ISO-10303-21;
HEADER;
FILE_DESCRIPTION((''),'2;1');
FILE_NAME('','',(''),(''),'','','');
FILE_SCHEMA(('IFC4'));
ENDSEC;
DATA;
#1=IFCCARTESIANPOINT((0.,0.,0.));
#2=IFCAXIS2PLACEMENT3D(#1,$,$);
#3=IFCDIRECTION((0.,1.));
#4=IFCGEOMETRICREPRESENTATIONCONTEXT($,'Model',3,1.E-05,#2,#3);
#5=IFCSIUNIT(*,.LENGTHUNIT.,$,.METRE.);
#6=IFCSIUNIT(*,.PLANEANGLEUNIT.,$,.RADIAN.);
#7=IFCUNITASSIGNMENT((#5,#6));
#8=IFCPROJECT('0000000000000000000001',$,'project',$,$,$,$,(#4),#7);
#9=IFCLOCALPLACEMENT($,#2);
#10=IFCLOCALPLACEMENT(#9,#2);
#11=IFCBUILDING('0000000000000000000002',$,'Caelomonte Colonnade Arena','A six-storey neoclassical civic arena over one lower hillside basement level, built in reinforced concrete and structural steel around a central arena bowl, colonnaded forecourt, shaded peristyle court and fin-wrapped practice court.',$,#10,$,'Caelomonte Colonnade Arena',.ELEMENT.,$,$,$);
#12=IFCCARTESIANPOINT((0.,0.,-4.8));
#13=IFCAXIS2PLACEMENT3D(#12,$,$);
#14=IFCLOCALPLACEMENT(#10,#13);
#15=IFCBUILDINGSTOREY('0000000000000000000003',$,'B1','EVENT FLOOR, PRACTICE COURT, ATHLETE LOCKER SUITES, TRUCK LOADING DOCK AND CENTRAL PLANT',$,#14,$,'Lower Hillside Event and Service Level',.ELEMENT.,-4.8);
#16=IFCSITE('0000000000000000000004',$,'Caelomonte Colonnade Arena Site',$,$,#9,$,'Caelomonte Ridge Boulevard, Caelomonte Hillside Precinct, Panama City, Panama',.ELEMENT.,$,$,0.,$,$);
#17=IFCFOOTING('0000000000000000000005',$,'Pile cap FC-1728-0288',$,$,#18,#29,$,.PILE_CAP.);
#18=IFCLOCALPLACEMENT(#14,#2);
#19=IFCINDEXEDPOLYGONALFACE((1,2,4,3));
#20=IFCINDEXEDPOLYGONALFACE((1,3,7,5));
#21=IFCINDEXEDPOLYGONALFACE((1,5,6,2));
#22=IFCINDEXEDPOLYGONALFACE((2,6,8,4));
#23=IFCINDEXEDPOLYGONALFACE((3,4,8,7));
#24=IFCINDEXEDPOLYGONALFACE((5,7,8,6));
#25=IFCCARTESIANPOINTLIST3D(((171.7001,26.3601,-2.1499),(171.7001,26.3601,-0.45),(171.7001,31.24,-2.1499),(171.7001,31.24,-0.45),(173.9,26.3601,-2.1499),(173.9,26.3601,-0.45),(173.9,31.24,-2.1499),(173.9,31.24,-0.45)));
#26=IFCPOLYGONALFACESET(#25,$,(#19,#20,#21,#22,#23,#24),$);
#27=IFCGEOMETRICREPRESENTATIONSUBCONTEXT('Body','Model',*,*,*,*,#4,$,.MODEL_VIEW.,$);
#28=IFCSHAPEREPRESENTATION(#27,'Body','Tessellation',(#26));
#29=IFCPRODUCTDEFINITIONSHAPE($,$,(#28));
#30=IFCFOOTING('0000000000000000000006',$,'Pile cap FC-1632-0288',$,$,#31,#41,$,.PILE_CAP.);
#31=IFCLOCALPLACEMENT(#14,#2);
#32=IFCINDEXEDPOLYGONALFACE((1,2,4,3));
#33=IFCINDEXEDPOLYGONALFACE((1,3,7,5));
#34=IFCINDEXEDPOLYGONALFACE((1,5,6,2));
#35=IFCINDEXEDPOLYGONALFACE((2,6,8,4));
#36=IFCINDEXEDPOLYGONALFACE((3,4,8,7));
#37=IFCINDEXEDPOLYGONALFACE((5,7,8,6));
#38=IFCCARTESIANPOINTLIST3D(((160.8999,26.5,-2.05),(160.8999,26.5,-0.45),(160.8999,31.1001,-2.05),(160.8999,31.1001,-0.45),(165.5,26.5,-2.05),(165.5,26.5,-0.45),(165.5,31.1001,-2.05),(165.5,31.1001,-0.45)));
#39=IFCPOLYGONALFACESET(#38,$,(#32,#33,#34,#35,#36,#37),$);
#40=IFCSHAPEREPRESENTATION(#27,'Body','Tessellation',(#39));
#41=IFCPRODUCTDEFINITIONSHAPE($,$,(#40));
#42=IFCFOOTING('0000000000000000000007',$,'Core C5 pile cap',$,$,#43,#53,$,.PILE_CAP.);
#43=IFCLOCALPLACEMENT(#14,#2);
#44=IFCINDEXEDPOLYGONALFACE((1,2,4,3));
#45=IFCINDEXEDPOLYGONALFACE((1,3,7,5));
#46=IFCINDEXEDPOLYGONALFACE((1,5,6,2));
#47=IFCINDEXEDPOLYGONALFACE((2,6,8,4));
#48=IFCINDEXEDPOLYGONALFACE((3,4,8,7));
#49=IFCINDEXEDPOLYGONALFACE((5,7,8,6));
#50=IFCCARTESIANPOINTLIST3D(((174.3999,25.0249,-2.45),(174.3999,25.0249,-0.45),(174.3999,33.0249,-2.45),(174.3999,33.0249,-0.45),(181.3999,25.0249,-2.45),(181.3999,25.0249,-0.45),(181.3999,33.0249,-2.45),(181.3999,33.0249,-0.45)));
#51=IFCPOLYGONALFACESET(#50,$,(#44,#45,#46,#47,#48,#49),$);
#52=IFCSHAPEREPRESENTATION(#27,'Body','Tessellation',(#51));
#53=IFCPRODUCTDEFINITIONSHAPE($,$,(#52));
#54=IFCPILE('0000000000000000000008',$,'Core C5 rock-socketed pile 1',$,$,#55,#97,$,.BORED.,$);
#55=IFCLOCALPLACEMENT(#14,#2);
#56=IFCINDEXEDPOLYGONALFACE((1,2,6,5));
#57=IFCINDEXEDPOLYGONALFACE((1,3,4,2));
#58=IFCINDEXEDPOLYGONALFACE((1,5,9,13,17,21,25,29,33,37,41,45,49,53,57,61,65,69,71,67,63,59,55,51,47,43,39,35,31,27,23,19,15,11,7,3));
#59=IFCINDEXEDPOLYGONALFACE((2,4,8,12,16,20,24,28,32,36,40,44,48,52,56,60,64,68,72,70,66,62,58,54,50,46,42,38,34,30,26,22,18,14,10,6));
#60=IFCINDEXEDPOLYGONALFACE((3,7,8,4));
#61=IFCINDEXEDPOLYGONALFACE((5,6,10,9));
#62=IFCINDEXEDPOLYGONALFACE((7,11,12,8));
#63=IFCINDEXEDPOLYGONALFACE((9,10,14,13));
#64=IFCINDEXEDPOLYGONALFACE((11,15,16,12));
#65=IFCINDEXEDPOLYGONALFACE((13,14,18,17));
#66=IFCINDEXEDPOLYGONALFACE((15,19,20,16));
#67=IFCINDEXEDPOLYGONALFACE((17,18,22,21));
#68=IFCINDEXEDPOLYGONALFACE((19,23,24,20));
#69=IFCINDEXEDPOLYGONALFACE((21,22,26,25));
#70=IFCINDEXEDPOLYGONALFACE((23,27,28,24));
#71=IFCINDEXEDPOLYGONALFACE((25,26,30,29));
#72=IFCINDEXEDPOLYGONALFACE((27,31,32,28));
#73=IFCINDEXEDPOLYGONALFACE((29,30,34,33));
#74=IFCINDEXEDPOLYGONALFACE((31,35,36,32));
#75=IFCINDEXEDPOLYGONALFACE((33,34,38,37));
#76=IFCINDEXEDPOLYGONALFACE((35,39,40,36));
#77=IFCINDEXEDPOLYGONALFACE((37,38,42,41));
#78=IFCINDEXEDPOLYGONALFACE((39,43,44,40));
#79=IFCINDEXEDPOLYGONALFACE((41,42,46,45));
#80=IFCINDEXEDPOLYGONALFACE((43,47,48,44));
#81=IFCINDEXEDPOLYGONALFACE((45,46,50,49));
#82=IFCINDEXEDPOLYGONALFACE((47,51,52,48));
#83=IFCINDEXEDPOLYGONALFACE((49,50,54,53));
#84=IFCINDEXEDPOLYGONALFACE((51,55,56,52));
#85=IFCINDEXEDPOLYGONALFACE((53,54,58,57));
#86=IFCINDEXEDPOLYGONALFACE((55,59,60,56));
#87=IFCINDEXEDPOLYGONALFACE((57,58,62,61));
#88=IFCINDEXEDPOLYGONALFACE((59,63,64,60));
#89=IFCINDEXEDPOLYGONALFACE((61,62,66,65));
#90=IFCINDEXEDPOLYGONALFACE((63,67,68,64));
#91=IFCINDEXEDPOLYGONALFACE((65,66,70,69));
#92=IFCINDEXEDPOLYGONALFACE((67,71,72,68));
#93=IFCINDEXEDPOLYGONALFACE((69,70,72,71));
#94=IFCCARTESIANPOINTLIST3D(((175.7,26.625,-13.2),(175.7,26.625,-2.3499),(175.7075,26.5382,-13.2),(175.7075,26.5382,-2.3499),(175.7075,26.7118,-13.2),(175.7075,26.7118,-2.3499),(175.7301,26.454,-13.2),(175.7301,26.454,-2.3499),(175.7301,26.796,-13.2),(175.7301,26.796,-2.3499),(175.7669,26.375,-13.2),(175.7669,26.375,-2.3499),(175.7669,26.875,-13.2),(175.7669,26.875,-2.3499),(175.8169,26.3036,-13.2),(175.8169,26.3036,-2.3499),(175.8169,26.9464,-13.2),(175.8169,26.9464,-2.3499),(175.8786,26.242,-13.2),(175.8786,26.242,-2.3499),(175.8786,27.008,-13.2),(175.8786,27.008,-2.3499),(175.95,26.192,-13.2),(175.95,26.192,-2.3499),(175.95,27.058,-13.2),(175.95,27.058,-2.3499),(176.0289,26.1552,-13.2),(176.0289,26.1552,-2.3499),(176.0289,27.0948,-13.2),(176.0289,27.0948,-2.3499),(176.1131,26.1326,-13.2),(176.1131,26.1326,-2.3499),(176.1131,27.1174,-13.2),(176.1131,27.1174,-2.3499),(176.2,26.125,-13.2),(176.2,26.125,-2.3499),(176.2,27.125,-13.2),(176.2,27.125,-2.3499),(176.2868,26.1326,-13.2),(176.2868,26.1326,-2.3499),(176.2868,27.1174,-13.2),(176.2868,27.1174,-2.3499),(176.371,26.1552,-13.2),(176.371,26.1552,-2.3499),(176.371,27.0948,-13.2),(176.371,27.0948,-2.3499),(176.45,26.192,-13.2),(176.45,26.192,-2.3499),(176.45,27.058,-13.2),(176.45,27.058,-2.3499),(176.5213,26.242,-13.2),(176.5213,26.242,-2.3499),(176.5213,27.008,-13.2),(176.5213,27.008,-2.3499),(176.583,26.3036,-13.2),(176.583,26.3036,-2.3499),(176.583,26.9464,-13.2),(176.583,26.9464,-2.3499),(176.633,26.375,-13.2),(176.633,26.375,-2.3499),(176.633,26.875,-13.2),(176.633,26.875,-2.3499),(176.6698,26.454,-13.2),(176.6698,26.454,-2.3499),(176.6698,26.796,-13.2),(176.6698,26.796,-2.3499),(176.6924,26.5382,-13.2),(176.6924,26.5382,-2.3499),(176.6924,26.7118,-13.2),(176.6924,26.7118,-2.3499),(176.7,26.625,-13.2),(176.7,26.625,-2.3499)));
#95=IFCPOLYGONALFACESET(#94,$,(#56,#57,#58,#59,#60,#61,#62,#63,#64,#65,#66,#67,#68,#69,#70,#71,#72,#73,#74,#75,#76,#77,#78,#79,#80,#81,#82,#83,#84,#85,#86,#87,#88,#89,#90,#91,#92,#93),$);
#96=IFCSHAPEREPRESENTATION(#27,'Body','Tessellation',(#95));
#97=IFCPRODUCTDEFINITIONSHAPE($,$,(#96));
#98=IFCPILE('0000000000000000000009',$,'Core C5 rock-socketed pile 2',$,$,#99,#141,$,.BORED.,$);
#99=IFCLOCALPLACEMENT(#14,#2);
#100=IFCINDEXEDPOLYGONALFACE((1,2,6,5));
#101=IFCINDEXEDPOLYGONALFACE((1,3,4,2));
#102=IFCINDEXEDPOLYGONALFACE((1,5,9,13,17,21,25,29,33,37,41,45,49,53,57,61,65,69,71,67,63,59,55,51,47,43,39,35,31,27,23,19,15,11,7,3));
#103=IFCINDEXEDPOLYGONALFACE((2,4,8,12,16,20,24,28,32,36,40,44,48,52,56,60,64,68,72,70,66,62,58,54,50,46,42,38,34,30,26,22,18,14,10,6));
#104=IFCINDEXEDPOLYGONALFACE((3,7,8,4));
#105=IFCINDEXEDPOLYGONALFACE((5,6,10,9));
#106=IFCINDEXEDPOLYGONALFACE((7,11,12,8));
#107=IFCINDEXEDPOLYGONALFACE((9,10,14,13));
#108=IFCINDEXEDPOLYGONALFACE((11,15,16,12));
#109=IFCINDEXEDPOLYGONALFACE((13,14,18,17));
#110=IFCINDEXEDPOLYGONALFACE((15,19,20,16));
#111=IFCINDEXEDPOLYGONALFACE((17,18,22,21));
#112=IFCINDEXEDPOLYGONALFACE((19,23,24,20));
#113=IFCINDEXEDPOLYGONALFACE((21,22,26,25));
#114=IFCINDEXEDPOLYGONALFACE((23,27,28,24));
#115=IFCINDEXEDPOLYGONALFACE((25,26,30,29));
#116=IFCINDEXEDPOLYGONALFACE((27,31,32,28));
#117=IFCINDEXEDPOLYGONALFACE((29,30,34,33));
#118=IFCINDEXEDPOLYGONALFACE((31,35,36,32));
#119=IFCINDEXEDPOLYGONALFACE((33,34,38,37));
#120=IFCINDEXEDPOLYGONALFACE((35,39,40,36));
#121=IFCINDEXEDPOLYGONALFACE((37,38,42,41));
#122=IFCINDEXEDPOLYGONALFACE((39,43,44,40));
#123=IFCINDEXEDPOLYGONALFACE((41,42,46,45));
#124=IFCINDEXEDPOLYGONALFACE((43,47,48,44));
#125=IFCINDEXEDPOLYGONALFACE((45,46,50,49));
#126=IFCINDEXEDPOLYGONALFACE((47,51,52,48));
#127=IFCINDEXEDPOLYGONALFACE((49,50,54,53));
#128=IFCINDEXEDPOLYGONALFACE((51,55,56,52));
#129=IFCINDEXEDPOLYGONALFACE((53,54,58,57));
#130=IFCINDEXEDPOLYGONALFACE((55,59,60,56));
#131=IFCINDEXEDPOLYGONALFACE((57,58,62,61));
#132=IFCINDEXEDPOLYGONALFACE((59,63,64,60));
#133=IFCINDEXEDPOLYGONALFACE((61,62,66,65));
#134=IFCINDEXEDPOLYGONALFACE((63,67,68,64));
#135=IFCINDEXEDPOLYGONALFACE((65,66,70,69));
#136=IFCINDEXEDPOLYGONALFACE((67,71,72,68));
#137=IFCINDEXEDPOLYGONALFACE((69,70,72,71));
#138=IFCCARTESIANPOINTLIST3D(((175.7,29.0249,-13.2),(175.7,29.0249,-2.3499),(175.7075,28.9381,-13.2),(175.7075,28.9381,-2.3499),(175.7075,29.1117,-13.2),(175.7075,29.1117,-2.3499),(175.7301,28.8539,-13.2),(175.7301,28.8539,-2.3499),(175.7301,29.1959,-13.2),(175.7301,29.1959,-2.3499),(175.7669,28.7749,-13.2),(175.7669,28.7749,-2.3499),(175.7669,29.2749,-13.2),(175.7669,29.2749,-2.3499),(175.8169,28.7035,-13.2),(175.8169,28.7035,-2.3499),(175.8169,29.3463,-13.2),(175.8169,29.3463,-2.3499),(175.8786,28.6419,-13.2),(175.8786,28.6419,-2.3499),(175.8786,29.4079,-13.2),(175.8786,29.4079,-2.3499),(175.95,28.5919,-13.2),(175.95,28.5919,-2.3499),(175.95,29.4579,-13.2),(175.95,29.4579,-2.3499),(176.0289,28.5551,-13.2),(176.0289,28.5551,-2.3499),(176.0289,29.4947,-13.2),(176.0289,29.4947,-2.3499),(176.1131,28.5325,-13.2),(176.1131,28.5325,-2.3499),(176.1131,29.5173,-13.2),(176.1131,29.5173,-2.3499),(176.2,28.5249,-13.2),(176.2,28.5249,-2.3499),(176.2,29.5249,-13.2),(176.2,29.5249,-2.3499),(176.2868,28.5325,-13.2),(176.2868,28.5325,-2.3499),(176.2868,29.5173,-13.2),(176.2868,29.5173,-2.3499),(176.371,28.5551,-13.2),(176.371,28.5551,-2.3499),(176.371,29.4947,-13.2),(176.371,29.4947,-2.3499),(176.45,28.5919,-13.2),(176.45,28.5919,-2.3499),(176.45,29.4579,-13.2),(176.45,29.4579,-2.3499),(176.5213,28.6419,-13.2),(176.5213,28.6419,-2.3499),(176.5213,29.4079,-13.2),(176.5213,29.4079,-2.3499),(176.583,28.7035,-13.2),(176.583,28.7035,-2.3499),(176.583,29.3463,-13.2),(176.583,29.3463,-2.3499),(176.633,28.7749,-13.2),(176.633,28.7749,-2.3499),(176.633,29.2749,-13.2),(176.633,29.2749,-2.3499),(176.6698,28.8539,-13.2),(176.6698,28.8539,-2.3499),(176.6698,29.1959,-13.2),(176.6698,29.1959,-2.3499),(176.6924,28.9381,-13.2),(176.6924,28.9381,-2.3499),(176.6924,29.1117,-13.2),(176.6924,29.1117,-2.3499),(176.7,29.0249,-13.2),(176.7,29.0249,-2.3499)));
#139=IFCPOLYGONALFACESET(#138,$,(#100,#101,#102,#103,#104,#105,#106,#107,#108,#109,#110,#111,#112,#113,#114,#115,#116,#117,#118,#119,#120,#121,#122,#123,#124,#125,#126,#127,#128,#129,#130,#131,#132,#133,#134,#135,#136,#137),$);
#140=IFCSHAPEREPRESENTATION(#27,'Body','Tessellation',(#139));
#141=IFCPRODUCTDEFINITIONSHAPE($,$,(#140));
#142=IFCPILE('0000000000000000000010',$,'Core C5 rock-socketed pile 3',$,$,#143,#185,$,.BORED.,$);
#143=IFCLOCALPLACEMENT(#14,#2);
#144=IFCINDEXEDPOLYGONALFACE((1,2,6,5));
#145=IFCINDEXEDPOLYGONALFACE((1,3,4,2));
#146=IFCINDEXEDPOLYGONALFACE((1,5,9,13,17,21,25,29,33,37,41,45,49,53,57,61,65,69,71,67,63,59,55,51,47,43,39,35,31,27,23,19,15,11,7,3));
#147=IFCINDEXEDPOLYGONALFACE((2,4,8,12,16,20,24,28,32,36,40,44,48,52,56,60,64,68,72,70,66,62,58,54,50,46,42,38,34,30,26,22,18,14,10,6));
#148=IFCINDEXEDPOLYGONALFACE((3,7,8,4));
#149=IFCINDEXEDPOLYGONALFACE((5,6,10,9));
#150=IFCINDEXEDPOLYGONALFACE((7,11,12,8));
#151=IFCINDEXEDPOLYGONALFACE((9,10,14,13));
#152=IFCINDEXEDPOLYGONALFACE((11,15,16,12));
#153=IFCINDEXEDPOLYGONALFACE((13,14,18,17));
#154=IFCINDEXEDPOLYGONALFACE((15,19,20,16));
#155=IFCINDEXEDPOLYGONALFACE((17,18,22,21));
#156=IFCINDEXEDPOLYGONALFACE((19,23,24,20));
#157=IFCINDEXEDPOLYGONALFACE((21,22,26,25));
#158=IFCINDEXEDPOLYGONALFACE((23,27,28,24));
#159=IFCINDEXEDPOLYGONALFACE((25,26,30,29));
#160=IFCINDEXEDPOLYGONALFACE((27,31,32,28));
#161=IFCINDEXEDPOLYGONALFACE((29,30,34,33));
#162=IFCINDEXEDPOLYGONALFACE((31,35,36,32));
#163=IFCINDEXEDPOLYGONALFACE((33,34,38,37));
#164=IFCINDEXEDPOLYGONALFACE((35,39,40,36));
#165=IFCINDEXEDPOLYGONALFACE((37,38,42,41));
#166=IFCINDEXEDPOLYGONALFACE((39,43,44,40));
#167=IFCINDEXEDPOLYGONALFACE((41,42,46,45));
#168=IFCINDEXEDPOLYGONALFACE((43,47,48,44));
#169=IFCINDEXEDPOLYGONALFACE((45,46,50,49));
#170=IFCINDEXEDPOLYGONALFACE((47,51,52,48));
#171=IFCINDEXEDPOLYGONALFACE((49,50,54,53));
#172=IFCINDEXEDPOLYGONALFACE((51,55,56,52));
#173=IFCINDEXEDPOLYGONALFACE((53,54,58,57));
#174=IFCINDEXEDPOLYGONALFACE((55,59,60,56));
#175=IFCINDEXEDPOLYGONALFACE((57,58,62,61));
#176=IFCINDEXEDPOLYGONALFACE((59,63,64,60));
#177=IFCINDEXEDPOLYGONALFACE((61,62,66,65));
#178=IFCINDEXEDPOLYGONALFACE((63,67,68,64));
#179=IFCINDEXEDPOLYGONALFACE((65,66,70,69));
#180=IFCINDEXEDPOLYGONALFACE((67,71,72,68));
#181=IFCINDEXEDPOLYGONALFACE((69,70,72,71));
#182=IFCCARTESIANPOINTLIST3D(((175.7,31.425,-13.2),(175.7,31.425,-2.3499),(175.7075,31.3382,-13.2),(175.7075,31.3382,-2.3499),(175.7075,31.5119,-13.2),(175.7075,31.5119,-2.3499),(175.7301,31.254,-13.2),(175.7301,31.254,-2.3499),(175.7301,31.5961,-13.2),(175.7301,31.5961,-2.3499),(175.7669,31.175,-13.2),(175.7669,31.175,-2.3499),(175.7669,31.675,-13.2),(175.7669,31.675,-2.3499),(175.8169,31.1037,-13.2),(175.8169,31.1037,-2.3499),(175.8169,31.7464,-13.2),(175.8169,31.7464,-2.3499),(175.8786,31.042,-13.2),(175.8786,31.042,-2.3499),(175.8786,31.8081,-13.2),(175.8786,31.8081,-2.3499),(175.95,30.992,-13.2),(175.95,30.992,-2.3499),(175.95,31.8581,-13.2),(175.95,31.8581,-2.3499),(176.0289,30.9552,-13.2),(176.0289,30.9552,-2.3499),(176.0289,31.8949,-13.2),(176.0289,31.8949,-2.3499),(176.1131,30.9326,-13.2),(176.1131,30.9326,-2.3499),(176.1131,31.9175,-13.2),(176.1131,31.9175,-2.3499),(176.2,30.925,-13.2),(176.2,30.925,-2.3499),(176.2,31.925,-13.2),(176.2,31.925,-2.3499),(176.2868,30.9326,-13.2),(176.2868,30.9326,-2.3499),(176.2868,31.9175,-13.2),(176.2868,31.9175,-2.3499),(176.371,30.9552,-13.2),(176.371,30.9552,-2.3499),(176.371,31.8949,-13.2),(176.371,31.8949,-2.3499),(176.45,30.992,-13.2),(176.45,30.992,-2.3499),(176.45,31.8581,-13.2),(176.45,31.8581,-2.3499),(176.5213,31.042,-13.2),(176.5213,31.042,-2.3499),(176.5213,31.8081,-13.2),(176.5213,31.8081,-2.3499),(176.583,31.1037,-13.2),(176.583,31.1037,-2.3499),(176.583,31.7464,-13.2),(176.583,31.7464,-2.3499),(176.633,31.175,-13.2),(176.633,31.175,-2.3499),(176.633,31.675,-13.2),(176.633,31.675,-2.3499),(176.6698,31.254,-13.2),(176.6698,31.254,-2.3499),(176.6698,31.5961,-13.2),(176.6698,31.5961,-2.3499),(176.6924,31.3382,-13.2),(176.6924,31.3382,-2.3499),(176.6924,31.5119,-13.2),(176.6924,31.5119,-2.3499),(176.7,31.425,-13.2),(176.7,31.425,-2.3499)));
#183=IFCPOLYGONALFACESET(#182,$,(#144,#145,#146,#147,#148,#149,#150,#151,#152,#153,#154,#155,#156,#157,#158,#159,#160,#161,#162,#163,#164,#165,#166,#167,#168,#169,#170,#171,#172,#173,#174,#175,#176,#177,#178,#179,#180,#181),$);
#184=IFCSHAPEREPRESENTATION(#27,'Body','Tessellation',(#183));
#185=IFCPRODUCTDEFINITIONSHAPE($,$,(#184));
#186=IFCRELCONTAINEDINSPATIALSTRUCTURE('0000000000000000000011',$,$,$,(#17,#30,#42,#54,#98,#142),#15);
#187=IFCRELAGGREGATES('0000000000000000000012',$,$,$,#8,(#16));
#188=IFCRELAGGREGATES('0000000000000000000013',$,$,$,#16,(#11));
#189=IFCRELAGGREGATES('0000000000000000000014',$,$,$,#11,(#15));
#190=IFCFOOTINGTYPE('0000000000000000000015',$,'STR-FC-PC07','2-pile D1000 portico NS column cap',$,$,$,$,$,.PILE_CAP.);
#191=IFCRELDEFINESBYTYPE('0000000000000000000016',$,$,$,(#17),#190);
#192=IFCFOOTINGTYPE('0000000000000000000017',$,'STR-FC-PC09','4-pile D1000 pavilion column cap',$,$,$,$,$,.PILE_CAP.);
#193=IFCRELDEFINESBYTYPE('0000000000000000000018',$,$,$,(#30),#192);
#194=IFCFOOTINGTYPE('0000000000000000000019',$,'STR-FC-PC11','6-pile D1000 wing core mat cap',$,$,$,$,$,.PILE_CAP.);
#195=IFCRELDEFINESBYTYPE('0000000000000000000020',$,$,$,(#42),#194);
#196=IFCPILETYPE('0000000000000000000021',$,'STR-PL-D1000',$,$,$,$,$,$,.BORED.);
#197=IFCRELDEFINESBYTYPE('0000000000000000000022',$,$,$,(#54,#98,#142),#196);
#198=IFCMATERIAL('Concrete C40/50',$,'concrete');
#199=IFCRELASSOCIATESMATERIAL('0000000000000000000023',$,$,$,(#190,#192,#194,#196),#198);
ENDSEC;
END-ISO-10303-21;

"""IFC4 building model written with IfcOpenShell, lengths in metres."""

from ifc_helpers import new_model, si_unit, direction, frame, origin, origin_2d, place, context, subcontext, project, spatial, rectangle, circle, extrude, material, material_profile, profile_set, type_object, element, save


model = new_model("IFC4")

# Units and contexts
model_context = context("Model", 3, precision=1e-05, world=origin(), true_north=direction((0.0, 1.0)))
body_context = subcontext(model_context, "Body", "Model", "MODEL_VIEW")
ifc_project = project(units=[si_unit("LENGTHUNIT", "METRE"), si_unit("PLANEANGLEUNIT", "RADIAN")], contexts=[model_context])

# Site, building, storey
site_placement = place(None, origin())
site = spatial("IfcSite", under=ifc_project, at=site_placement, Name="Caelomonte Colonnade Arena Site", LongName="Caelomonte Ridge Boulevard, Caelomonte Hillside Precinct, Panama City, Panama", CompositionType="ELEMENT", RefElevation=0.0)
building_placement = place(site_placement, origin())
building = spatial("IfcBuilding", under=site, at=building_placement, Name="Caelomonte Colonnade Arena", Description="A six-storey neoclassical civic arena over one lower hillside basement level, built in reinforced concrete and structural steel around a central arena bowl, colonnaded forecourt, shaded peristyle court and fin-wrapped practice court.", LongName="Caelomonte Colonnade Arena", CompositionType="ELEMENT")
storey_placement = place(building_placement, frame((0.0, 0.0, -4.8)))
storey = spatial("IfcBuildingStorey", under=building, at=storey_placement, Name="B1", Description="EVENT FLOOR, PRACTICE COURT, ATHLETE LOCKER SUITES, TRUCK LOADING DOCK AND CENTRAL PLANT", LongName="Lower Hillside Event and Service Level", CompositionType="ELEMENT", Elevation=-4.8)

# Footings
ifc_material_1 = material(Name="Concrete C40/50", Category="concrete")
footing_type_1 = type_object("IfcFootingType", Name="STR-FC-PC07", Description="2-pile D1000 portico NS column cap", PredefinedType="PILE_CAP", material=ifc_material_1)
footing_1_placement = place(storey_placement, frame((172.8, 28.8, -2.1499), z_axis=(0.0, 0.0, 1.0), x_axis=(1.0, 0.0, 0.0)))
element("IfcFooting", 1, at=footing_1_placement, inside=storey, type_object=footing_type_1, Name="Pile cap FC-1728-0288", PredefinedType="PILE_CAP", context=body_context, shape_type="SweptSolid", body=[
    extrude(rectangle(XDim=2.2, YDim=4.8799, at=origin_2d()), origin(), (0.0, 0.0, 1.0), 1.7),
])
footing_type_2 = type_object("IfcFootingType", Name="STR-FC-PC09", Description="4-pile D1000 pavilion column cap", PredefinedType="PILE_CAP", material=ifc_material_1)
footing_2_placement = place(storey_placement, frame((163.2, 28.8, -2.05), z_axis=(0.0, 0.0, 1.0), x_axis=(1.0, 0.0, 0.0)))
element("IfcFooting", 2, at=footing_2_placement, inside=storey, type_object=footing_type_2, Name="Pile cap FC-1632-0288", PredefinedType="PILE_CAP", context=body_context, shape_type="SweptSolid", body=[
    extrude(rectangle(XDim=4.6001, YDim=4.6001, at=origin_2d()), origin(), (0.0, 0.0, 1.0), 1.6001),
])
footing_type_3 = type_object("IfcFootingType", Name="STR-FC-PC11", Description="6-pile D1000 wing core mat cap", PredefinedType="PILE_CAP", material=ifc_material_1)
footing_3_placement = place(storey_placement, frame((177.8999, 29.0249, -2.45), z_axis=(0.0, 0.0, 1.0), x_axis=(1.0, 0.0, 0.0)))
element("IfcFooting", 3, at=footing_3_placement, inside=storey, type_object=footing_type_3, Name="Core C5 pile cap", PredefinedType="PILE_CAP", context=body_context, shape_type="SweptSolid", body=[
    extrude(rectangle(XDim=7.0, YDim=8.0, at=origin_2d()), origin(), (0.0, 0.0, 1.0), 2.0),
])

# Piles
ifc_material_profile_1 = material_profile(ifc_material_1, circle(Radius=0.5, at=origin_2d()), Name="PILE-D1000")
ifc_profile_set_1 = profile_set([ifc_material_profile_1], Name="Concrete C40/50")
pile_type_1 = type_object("IfcPileType", Name="STR-PL-D1000", PredefinedType="BORED", material=ifc_profile_set_1)
for number, where, z_axis, x_axis, name in (
    (4, (176.2, 26.625, -2.3499), (0.0, 0.0, -1.0), (1.0, 0.0, 0.0), "Core C5 rock-socketed pile 1"),
    (5, (176.2, 29.0249, -2.3499), (0.0, 0.0, -1.0), (1.0, 0.0, 0.0), "Core C5 rock-socketed pile 2"),
    (6, (176.2, 31.425, -2.3499), (0.0, 0.0, -1.0), (1.0, 0.0, 0.0), "Core C5 rock-socketed pile 3"),
):
    element("IfcPile", number, at=place(storey_placement, frame(where, z_axis=z_axis, x_axis=x_axis)), inside=storey, type_object=pile_type_1, Name=name, PredefinedType="BORED", context=body_context, shape_type="SweptSolid", body=[
        extrude(circle(Radius=0.5, at=origin_2d()), origin(), (0.0, 0.0, 1.0), 10.8501),
    ])

save(model, "model.ifc")
